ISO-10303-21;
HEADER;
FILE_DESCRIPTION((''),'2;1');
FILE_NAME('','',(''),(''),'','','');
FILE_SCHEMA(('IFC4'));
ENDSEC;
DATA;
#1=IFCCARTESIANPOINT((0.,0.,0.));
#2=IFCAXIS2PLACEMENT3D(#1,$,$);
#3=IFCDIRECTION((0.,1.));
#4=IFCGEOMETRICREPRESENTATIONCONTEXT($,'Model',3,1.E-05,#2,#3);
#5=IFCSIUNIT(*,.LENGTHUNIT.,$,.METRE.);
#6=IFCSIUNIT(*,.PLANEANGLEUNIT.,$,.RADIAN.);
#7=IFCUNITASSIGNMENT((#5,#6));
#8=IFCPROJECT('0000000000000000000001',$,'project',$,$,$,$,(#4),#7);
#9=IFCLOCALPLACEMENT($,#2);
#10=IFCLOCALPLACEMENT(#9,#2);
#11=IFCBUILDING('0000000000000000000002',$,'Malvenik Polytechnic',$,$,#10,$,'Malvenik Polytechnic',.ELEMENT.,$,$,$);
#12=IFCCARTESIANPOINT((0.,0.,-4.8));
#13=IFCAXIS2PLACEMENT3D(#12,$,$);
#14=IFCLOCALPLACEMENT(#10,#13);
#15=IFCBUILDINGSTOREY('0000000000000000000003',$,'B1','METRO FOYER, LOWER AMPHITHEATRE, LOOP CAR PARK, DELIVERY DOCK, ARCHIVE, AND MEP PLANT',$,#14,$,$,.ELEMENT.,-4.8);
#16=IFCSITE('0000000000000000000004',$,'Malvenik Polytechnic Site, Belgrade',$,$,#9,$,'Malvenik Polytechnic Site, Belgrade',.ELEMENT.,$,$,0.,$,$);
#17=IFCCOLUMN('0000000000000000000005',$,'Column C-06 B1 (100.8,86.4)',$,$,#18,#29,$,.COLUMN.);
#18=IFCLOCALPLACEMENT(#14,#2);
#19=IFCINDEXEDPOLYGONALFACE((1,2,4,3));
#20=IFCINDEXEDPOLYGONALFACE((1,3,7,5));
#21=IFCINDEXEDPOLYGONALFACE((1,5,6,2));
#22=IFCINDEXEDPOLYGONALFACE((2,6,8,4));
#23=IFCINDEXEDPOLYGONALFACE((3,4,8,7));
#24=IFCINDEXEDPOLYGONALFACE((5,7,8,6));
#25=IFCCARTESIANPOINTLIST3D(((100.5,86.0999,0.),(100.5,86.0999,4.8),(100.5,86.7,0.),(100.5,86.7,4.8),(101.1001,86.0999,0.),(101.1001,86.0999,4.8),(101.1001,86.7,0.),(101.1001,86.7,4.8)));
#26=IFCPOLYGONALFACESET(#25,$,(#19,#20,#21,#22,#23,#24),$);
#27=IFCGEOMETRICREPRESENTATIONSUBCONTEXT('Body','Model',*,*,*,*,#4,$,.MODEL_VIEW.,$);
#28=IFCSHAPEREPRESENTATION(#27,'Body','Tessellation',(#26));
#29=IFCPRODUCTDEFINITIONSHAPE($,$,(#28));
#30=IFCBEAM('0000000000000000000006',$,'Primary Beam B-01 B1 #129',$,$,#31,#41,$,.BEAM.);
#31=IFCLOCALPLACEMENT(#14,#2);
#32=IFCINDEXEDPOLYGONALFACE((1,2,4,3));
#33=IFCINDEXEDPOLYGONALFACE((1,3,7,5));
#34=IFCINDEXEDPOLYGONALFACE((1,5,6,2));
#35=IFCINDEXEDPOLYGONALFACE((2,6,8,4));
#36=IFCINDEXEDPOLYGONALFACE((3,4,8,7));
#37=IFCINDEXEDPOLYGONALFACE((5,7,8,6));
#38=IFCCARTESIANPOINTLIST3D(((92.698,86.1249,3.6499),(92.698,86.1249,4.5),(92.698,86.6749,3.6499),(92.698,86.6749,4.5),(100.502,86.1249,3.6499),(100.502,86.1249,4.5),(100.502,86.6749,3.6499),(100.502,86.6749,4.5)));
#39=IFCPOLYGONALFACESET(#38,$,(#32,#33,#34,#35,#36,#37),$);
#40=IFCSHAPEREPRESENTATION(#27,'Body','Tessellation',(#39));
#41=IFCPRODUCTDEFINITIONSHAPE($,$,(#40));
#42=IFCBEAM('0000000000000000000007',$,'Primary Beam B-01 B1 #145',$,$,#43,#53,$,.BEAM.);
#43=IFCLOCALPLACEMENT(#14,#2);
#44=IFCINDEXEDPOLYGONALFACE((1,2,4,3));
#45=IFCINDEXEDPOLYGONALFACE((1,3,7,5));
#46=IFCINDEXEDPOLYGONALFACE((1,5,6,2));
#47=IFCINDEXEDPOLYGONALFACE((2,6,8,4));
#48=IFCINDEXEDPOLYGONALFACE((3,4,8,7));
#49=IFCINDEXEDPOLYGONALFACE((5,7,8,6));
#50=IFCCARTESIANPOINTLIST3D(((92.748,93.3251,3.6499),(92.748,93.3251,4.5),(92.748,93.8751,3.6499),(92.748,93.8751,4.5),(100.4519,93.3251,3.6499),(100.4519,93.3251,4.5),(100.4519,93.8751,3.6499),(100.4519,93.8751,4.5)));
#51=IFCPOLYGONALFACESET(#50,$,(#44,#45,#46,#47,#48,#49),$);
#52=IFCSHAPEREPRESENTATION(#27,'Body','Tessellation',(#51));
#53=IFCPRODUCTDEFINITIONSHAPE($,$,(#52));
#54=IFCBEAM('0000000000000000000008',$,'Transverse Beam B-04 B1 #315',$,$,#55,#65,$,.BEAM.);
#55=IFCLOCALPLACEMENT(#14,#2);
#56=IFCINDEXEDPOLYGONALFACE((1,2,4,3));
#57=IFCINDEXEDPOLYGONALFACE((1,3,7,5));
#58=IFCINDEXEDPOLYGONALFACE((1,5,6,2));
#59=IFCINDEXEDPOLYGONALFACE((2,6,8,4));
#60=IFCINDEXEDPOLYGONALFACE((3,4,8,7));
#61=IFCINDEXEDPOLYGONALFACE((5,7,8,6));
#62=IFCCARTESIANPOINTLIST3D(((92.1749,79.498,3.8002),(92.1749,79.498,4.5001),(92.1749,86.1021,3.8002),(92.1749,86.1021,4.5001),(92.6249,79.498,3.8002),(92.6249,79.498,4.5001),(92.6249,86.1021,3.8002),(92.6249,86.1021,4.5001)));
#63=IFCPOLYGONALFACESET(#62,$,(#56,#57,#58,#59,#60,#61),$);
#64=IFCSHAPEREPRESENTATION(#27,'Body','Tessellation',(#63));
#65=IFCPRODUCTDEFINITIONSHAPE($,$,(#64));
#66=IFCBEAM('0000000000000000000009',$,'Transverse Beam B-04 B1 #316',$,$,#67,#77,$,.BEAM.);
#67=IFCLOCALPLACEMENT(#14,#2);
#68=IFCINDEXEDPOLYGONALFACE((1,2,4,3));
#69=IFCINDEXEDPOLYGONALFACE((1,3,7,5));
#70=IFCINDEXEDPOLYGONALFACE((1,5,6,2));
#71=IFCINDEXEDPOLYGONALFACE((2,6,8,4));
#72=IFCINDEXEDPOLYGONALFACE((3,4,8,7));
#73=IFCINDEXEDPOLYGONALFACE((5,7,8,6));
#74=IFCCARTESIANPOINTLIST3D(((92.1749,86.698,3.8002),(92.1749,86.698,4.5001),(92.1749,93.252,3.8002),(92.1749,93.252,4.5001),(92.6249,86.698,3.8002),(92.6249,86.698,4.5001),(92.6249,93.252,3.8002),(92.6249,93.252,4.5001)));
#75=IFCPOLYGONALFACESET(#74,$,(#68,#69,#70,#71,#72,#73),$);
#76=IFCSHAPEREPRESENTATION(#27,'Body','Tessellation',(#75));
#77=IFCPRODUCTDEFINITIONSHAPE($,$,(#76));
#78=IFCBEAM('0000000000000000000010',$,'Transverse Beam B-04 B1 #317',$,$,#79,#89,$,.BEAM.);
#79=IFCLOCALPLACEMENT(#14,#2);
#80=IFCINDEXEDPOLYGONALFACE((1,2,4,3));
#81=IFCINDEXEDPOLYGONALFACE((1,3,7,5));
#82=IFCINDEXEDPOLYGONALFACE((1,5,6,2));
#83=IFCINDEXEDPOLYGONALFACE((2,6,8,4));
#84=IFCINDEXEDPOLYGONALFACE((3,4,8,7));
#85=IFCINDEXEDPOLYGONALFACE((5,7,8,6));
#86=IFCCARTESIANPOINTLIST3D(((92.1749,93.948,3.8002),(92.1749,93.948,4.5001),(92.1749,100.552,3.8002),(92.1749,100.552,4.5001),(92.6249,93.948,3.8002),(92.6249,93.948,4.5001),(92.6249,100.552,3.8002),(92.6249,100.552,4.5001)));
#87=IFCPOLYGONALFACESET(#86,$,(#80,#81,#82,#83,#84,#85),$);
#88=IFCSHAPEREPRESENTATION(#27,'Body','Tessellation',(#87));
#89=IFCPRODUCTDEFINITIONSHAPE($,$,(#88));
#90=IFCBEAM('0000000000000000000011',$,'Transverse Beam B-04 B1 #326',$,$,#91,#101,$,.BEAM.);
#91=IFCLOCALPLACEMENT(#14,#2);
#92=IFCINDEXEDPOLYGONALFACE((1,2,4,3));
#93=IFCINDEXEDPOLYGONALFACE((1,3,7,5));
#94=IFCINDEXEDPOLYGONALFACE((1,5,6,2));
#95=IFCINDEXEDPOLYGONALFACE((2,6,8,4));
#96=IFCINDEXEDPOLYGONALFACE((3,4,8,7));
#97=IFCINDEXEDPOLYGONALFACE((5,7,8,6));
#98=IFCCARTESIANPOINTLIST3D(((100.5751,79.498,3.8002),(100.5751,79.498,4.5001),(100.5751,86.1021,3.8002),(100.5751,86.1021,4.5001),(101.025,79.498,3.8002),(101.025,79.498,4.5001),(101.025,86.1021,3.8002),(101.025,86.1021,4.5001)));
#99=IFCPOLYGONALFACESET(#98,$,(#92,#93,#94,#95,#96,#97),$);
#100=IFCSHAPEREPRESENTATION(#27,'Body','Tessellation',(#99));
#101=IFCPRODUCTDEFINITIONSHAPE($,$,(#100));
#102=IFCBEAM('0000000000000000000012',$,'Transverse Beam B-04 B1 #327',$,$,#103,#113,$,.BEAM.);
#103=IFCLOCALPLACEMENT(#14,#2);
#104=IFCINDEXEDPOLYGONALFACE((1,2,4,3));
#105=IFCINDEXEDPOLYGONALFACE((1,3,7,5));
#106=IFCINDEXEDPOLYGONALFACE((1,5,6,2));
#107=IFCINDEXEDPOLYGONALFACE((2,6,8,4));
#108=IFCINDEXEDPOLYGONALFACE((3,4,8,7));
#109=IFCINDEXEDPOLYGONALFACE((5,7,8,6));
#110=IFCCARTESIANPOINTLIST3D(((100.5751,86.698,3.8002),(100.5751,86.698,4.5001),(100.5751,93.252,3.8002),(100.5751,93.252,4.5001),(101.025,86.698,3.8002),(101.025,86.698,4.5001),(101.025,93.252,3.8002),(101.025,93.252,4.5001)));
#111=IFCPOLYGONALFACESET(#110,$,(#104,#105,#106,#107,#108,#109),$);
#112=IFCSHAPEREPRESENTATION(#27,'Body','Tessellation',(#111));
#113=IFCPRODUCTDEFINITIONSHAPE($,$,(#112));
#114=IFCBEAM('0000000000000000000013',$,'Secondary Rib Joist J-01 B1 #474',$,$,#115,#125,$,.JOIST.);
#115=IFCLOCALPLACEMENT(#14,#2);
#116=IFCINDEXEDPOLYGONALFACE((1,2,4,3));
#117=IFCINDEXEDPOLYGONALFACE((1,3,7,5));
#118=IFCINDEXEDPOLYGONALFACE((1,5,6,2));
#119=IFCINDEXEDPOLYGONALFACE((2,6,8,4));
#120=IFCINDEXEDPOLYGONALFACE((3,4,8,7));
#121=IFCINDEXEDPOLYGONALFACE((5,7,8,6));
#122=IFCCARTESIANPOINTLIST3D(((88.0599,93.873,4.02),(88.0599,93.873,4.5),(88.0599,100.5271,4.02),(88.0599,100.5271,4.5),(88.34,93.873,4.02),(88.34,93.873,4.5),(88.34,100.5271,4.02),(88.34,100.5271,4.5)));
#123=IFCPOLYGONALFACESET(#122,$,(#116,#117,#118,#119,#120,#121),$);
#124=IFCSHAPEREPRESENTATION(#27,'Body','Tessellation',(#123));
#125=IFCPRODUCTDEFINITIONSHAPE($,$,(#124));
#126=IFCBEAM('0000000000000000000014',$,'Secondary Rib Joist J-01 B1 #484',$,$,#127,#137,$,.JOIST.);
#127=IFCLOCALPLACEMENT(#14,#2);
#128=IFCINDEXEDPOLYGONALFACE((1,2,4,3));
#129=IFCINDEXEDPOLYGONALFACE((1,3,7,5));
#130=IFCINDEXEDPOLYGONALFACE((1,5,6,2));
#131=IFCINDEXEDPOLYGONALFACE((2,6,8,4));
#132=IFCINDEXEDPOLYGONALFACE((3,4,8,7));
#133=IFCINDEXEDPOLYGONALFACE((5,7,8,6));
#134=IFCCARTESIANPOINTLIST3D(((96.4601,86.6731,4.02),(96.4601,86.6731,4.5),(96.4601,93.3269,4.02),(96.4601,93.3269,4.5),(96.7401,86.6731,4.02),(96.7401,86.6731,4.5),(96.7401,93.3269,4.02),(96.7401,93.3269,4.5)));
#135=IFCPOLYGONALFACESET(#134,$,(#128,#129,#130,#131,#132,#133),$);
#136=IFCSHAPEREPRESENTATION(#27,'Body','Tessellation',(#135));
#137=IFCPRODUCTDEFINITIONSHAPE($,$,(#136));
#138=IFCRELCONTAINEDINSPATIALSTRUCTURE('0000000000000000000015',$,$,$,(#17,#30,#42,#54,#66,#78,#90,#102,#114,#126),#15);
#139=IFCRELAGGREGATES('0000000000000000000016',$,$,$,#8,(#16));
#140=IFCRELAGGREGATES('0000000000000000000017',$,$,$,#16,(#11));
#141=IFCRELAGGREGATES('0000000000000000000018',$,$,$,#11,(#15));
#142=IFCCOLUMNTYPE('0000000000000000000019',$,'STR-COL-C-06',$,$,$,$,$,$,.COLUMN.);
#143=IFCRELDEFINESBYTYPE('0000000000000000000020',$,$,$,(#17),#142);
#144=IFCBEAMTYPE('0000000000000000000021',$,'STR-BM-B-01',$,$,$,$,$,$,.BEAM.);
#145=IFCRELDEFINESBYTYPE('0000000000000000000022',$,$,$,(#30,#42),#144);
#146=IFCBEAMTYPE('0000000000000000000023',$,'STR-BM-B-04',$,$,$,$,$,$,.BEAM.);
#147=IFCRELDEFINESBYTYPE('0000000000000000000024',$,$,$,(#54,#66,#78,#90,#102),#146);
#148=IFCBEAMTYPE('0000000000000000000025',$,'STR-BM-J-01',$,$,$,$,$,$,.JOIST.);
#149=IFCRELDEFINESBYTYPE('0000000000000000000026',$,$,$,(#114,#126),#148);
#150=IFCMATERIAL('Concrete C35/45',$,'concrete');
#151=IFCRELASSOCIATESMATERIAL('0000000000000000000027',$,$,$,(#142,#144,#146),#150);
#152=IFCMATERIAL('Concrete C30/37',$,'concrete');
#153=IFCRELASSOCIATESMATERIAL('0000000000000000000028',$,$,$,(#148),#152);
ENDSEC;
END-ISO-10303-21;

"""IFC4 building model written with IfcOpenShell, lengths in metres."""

from ifc_helpers import new_model, si_unit, direction, frame, origin, origin_2d, place, context, subcontext, project, spatial, rectangle, extrude, material, material_profile, profile_set, type_object, element, save


model = new_model("IFC4")

# Units and contexts
model_context = context("Model", 3, precision=1e-05, world=origin(), true_north=direction((0.0, 1.0)))
body_context = subcontext(model_context, "Body", "Model", "MODEL_VIEW")
ifc_project = project(units=[si_unit("LENGTHUNIT", "METRE"), si_unit("PLANEANGLEUNIT", "RADIAN")], contexts=[model_context])

# Site, building, storey
site_placement = place(None, origin())
site = spatial("IfcSite", under=ifc_project, at=site_placement, Name="Malvenik Polytechnic Site, Belgrade", LongName="Malvenik Polytechnic Site, Belgrade", CompositionType="ELEMENT", RefElevation=0.0)
building_placement = place(site_placement, origin())
building = spatial("IfcBuilding", under=site, at=building_placement, Name="Malvenik Polytechnic", LongName="Malvenik Polytechnic", CompositionType="ELEMENT")
storey_placement = place(building_placement, frame((0.0, 0.0, -4.8)))
storey = spatial("IfcBuildingStorey", under=building, at=storey_placement, Name="B1", Description="METRO FOYER, LOWER AMPHITHEATRE, LOOP CAR PARK, DELIVERY DOCK, ARCHIVE, AND MEP PLANT", CompositionType="ELEMENT", Elevation=-4.8)

# Shared definitions
ifc_material_1 = material(Name="Concrete C35/45", Category="concrete")

# Column
ifc_material_profile_1 = material_profile(ifc_material_1, rectangle(XDim=0.6001, YDim=0.6001, at=origin_2d()), Name="RC COL 600x600")
ifc_profile_set_1 = profile_set([ifc_material_profile_1], Name="Concrete C35/45")
column_type_1 = type_object("IfcColumnType", Name="STR-COL-C-06", PredefinedType="COLUMN", material=ifc_profile_set_1)
for number, where, z_axis, x_axis, name in (
    (1, (100.8, 86.3999, 0.0), (0.0, 0.0, 1.0), (1.0, 0.0, 0.0), "Column C-06 B1 (100.8,86.4)"),
):
    element("IfcColumn", number, at=place(storey_placement, frame(where, z_axis=z_axis, x_axis=x_axis)), inside=storey, type_object=column_type_1, Name=name, PredefinedType="COLUMN", context=body_context, shape_type="SweptSolid", body=[
        extrude(rectangle(XDim=0.6001, YDim=0.6001, at=origin_2d()), origin(), (0.0, 0.0, 1.0), 4.8),
    ])

# Beams
ifc_material_profile_2 = material_profile(ifc_material_1, rectangle(XDim=0.55, YDim=0.8501, at=origin_2d()), Name="RC BM 550x850")
ifc_profile_set_2 = profile_set([ifc_material_profile_2], Name="Concrete C35/45")
beam_type_1 = type_object("IfcBeamType", Name="STR-BM-B-01", PredefinedType="BEAM", material=ifc_profile_set_2)
beam_1_placement = place(storey_placement, frame((92.698, 86.3999, 4.075), z_axis=(1.0, 0.0, 0.0), x_axis=(0.0, 1.0, 0.0)))
element("IfcBeam", 2, at=beam_1_placement, inside=storey, type_object=beam_type_1, Name="Primary Beam B-01 B1 #129", PredefinedType="BEAM", context=body_context, shape_type="SweptSolid", body=[
    extrude(rectangle(XDim=0.55, YDim=0.8501, at=origin_2d()), origin(), (0.0, 0.0, 1.0), 7.804),
])
beam_2_placement = place(storey_placement, frame((92.748, 93.6001, 4.075), z_axis=(1.0, 0.0, 0.0), x_axis=(0.0, 1.0, 0.0)))
element("IfcBeam", 3, at=beam_2_placement, inside=storey, type_object=beam_type_1, Name="Primary Beam B-01 B1 #145", PredefinedType="BEAM", context=body_context, shape_type="SweptSolid", body=[
    extrude(rectangle(XDim=0.55, YDim=0.8501, at=origin_2d()), origin(), (0.0, 0.0, 1.0), 7.7039),
])
ifc_material_profile_3 = material_profile(ifc_material_1, rectangle(XDim=0.45, YDim=0.7, at=origin_2d()), Name="RC BM 450x700")
ifc_profile_set_3 = profile_set([ifc_material_profile_3], Name="Concrete C35/45")
beam_type_2 = type_object("IfcBeamType", Name="STR-BM-B-04", PredefinedType="BEAM", material=ifc_profile_set_3)
beam_3_placement = place(storey_placement, frame((92.3999, 79.498, 4.1501), z_axis=(0.0, 1.0, 0.0), x_axis=(-1.0, 0.0, 0.0)))
element("IfcBeam", 4, at=beam_3_placement, inside=storey, type_object=beam_type_2, Name="Transverse Beam B-04 B1 #315", PredefinedType="BEAM", context=body_context, shape_type="SweptSolid", body=[
    extrude(rectangle(XDim=0.45, YDim=0.7, at=origin_2d()), origin(), (0.0, 0.0, 1.0), 6.604),
])
beam_4_placement = place(storey_placement, frame((92.3999, 86.698, 4.1501), z_axis=(0.0, 1.0, 0.0), x_axis=(-1.0, 0.0, 0.0)))
element("IfcBeam", 5, at=beam_4_placement, inside=storey, type_object=beam_type_2, Name="Transverse Beam B-04 B1 #316", PredefinedType="BEAM", context=body_context, shape_type="SweptSolid", body=[
    extrude(rectangle(XDim=0.45, YDim=0.7, at=origin_2d()), origin(), (0.0, 0.0, 1.0), 6.554),
])
for number, where, z_axis, x_axis, name in (
    (6, (92.3999, 93.948, 4.1501), (0.0, 1.0, 0.0), (-1.0, 0.0, 0.0), "Transverse Beam B-04 B1 #317"),
    (7, (100.8, 79.498, 4.1501), (0.0, 1.0, 0.0), (-1.0, 0.0, 0.0), "Transverse Beam B-04 B1 #326"),
):
    element("IfcBeam", number, at=place(storey_placement, frame(where, z_axis=z_axis, x_axis=x_axis)), inside=storey, type_object=beam_type_2, Name=name, PredefinedType="BEAM", context=body_context, shape_type="SweptSolid", body=[
        extrude(rectangle(XDim=0.45, YDim=0.7, at=origin_2d()), origin(), (0.0, 0.0, 1.0), 6.604),
    ])
beam_5_placement = place(storey_placement, frame((100.8, 86.698, 4.1501), z_axis=(0.0, 1.0, 0.0), x_axis=(-1.0, 0.0, 0.0)))
element("IfcBeam", 8, at=beam_5_placement, inside=storey, type_object=beam_type_2, Name="Transverse Beam B-04 B1 #327", PredefinedType="BEAM", context=body_context, shape_type="SweptSolid", body=[
    extrude(rectangle(XDim=0.45, YDim=0.7, at=origin_2d()), origin(), (0.0, 0.0, 1.0), 6.554),
])
ifc_material_2 = material(Name="Concrete C30/37", Category="concrete")
ifc_material_profile_4 = material_profile(ifc_material_2, rectangle(XDim=0.28, YDim=0.48, at=origin_2d()), Name="RC JST 280x480")
ifc_profile_set_4 = profile_set([ifc_material_profile_4], Name="Concrete C30/37")
beam_type_3 = type_object("IfcBeamType", Name="STR-BM-J-01", PredefinedType="JOIST", material=ifc_profile_set_4)
beam_6_placement = place(storey_placement, frame((88.2, 93.873, 4.26), z_axis=(0.0, 1.0, 0.0), x_axis=(-1.0, 0.0, 0.0)))
element("IfcBeam", 9, at=beam_6_placement, inside=storey, type_object=beam_type_3, Name="Secondary Rib Joist J-01 B1 #474", PredefinedType="JOIST", context=body_context, shape_type="SweptSolid", body=[
    extrude(rectangle(XDim=0.28, YDim=0.48, at=origin_2d()), origin(), (0.0, 0.0, 1.0), 6.6541),
])
beam_7_placement = place(storey_placement, frame((96.6001, 86.6731, 4.26), z_axis=(0.0, 1.0, 0.0), x_axis=(-1.0, 0.0, 0.0)))
element("IfcBeam", 10, at=beam_7_placement, inside=storey, type_object=beam_type_3, Name="Secondary Rib Joist J-01 B1 #484", PredefinedType="JOIST", context=body_context, shape_type="SweptSolid", body=[
    extrude(rectangle(XDim=0.28, YDim=0.48, at=origin_2d()), origin(), (0.0, 0.0, 1.0), 6.6538),
])

save(model, "model.ifc")
